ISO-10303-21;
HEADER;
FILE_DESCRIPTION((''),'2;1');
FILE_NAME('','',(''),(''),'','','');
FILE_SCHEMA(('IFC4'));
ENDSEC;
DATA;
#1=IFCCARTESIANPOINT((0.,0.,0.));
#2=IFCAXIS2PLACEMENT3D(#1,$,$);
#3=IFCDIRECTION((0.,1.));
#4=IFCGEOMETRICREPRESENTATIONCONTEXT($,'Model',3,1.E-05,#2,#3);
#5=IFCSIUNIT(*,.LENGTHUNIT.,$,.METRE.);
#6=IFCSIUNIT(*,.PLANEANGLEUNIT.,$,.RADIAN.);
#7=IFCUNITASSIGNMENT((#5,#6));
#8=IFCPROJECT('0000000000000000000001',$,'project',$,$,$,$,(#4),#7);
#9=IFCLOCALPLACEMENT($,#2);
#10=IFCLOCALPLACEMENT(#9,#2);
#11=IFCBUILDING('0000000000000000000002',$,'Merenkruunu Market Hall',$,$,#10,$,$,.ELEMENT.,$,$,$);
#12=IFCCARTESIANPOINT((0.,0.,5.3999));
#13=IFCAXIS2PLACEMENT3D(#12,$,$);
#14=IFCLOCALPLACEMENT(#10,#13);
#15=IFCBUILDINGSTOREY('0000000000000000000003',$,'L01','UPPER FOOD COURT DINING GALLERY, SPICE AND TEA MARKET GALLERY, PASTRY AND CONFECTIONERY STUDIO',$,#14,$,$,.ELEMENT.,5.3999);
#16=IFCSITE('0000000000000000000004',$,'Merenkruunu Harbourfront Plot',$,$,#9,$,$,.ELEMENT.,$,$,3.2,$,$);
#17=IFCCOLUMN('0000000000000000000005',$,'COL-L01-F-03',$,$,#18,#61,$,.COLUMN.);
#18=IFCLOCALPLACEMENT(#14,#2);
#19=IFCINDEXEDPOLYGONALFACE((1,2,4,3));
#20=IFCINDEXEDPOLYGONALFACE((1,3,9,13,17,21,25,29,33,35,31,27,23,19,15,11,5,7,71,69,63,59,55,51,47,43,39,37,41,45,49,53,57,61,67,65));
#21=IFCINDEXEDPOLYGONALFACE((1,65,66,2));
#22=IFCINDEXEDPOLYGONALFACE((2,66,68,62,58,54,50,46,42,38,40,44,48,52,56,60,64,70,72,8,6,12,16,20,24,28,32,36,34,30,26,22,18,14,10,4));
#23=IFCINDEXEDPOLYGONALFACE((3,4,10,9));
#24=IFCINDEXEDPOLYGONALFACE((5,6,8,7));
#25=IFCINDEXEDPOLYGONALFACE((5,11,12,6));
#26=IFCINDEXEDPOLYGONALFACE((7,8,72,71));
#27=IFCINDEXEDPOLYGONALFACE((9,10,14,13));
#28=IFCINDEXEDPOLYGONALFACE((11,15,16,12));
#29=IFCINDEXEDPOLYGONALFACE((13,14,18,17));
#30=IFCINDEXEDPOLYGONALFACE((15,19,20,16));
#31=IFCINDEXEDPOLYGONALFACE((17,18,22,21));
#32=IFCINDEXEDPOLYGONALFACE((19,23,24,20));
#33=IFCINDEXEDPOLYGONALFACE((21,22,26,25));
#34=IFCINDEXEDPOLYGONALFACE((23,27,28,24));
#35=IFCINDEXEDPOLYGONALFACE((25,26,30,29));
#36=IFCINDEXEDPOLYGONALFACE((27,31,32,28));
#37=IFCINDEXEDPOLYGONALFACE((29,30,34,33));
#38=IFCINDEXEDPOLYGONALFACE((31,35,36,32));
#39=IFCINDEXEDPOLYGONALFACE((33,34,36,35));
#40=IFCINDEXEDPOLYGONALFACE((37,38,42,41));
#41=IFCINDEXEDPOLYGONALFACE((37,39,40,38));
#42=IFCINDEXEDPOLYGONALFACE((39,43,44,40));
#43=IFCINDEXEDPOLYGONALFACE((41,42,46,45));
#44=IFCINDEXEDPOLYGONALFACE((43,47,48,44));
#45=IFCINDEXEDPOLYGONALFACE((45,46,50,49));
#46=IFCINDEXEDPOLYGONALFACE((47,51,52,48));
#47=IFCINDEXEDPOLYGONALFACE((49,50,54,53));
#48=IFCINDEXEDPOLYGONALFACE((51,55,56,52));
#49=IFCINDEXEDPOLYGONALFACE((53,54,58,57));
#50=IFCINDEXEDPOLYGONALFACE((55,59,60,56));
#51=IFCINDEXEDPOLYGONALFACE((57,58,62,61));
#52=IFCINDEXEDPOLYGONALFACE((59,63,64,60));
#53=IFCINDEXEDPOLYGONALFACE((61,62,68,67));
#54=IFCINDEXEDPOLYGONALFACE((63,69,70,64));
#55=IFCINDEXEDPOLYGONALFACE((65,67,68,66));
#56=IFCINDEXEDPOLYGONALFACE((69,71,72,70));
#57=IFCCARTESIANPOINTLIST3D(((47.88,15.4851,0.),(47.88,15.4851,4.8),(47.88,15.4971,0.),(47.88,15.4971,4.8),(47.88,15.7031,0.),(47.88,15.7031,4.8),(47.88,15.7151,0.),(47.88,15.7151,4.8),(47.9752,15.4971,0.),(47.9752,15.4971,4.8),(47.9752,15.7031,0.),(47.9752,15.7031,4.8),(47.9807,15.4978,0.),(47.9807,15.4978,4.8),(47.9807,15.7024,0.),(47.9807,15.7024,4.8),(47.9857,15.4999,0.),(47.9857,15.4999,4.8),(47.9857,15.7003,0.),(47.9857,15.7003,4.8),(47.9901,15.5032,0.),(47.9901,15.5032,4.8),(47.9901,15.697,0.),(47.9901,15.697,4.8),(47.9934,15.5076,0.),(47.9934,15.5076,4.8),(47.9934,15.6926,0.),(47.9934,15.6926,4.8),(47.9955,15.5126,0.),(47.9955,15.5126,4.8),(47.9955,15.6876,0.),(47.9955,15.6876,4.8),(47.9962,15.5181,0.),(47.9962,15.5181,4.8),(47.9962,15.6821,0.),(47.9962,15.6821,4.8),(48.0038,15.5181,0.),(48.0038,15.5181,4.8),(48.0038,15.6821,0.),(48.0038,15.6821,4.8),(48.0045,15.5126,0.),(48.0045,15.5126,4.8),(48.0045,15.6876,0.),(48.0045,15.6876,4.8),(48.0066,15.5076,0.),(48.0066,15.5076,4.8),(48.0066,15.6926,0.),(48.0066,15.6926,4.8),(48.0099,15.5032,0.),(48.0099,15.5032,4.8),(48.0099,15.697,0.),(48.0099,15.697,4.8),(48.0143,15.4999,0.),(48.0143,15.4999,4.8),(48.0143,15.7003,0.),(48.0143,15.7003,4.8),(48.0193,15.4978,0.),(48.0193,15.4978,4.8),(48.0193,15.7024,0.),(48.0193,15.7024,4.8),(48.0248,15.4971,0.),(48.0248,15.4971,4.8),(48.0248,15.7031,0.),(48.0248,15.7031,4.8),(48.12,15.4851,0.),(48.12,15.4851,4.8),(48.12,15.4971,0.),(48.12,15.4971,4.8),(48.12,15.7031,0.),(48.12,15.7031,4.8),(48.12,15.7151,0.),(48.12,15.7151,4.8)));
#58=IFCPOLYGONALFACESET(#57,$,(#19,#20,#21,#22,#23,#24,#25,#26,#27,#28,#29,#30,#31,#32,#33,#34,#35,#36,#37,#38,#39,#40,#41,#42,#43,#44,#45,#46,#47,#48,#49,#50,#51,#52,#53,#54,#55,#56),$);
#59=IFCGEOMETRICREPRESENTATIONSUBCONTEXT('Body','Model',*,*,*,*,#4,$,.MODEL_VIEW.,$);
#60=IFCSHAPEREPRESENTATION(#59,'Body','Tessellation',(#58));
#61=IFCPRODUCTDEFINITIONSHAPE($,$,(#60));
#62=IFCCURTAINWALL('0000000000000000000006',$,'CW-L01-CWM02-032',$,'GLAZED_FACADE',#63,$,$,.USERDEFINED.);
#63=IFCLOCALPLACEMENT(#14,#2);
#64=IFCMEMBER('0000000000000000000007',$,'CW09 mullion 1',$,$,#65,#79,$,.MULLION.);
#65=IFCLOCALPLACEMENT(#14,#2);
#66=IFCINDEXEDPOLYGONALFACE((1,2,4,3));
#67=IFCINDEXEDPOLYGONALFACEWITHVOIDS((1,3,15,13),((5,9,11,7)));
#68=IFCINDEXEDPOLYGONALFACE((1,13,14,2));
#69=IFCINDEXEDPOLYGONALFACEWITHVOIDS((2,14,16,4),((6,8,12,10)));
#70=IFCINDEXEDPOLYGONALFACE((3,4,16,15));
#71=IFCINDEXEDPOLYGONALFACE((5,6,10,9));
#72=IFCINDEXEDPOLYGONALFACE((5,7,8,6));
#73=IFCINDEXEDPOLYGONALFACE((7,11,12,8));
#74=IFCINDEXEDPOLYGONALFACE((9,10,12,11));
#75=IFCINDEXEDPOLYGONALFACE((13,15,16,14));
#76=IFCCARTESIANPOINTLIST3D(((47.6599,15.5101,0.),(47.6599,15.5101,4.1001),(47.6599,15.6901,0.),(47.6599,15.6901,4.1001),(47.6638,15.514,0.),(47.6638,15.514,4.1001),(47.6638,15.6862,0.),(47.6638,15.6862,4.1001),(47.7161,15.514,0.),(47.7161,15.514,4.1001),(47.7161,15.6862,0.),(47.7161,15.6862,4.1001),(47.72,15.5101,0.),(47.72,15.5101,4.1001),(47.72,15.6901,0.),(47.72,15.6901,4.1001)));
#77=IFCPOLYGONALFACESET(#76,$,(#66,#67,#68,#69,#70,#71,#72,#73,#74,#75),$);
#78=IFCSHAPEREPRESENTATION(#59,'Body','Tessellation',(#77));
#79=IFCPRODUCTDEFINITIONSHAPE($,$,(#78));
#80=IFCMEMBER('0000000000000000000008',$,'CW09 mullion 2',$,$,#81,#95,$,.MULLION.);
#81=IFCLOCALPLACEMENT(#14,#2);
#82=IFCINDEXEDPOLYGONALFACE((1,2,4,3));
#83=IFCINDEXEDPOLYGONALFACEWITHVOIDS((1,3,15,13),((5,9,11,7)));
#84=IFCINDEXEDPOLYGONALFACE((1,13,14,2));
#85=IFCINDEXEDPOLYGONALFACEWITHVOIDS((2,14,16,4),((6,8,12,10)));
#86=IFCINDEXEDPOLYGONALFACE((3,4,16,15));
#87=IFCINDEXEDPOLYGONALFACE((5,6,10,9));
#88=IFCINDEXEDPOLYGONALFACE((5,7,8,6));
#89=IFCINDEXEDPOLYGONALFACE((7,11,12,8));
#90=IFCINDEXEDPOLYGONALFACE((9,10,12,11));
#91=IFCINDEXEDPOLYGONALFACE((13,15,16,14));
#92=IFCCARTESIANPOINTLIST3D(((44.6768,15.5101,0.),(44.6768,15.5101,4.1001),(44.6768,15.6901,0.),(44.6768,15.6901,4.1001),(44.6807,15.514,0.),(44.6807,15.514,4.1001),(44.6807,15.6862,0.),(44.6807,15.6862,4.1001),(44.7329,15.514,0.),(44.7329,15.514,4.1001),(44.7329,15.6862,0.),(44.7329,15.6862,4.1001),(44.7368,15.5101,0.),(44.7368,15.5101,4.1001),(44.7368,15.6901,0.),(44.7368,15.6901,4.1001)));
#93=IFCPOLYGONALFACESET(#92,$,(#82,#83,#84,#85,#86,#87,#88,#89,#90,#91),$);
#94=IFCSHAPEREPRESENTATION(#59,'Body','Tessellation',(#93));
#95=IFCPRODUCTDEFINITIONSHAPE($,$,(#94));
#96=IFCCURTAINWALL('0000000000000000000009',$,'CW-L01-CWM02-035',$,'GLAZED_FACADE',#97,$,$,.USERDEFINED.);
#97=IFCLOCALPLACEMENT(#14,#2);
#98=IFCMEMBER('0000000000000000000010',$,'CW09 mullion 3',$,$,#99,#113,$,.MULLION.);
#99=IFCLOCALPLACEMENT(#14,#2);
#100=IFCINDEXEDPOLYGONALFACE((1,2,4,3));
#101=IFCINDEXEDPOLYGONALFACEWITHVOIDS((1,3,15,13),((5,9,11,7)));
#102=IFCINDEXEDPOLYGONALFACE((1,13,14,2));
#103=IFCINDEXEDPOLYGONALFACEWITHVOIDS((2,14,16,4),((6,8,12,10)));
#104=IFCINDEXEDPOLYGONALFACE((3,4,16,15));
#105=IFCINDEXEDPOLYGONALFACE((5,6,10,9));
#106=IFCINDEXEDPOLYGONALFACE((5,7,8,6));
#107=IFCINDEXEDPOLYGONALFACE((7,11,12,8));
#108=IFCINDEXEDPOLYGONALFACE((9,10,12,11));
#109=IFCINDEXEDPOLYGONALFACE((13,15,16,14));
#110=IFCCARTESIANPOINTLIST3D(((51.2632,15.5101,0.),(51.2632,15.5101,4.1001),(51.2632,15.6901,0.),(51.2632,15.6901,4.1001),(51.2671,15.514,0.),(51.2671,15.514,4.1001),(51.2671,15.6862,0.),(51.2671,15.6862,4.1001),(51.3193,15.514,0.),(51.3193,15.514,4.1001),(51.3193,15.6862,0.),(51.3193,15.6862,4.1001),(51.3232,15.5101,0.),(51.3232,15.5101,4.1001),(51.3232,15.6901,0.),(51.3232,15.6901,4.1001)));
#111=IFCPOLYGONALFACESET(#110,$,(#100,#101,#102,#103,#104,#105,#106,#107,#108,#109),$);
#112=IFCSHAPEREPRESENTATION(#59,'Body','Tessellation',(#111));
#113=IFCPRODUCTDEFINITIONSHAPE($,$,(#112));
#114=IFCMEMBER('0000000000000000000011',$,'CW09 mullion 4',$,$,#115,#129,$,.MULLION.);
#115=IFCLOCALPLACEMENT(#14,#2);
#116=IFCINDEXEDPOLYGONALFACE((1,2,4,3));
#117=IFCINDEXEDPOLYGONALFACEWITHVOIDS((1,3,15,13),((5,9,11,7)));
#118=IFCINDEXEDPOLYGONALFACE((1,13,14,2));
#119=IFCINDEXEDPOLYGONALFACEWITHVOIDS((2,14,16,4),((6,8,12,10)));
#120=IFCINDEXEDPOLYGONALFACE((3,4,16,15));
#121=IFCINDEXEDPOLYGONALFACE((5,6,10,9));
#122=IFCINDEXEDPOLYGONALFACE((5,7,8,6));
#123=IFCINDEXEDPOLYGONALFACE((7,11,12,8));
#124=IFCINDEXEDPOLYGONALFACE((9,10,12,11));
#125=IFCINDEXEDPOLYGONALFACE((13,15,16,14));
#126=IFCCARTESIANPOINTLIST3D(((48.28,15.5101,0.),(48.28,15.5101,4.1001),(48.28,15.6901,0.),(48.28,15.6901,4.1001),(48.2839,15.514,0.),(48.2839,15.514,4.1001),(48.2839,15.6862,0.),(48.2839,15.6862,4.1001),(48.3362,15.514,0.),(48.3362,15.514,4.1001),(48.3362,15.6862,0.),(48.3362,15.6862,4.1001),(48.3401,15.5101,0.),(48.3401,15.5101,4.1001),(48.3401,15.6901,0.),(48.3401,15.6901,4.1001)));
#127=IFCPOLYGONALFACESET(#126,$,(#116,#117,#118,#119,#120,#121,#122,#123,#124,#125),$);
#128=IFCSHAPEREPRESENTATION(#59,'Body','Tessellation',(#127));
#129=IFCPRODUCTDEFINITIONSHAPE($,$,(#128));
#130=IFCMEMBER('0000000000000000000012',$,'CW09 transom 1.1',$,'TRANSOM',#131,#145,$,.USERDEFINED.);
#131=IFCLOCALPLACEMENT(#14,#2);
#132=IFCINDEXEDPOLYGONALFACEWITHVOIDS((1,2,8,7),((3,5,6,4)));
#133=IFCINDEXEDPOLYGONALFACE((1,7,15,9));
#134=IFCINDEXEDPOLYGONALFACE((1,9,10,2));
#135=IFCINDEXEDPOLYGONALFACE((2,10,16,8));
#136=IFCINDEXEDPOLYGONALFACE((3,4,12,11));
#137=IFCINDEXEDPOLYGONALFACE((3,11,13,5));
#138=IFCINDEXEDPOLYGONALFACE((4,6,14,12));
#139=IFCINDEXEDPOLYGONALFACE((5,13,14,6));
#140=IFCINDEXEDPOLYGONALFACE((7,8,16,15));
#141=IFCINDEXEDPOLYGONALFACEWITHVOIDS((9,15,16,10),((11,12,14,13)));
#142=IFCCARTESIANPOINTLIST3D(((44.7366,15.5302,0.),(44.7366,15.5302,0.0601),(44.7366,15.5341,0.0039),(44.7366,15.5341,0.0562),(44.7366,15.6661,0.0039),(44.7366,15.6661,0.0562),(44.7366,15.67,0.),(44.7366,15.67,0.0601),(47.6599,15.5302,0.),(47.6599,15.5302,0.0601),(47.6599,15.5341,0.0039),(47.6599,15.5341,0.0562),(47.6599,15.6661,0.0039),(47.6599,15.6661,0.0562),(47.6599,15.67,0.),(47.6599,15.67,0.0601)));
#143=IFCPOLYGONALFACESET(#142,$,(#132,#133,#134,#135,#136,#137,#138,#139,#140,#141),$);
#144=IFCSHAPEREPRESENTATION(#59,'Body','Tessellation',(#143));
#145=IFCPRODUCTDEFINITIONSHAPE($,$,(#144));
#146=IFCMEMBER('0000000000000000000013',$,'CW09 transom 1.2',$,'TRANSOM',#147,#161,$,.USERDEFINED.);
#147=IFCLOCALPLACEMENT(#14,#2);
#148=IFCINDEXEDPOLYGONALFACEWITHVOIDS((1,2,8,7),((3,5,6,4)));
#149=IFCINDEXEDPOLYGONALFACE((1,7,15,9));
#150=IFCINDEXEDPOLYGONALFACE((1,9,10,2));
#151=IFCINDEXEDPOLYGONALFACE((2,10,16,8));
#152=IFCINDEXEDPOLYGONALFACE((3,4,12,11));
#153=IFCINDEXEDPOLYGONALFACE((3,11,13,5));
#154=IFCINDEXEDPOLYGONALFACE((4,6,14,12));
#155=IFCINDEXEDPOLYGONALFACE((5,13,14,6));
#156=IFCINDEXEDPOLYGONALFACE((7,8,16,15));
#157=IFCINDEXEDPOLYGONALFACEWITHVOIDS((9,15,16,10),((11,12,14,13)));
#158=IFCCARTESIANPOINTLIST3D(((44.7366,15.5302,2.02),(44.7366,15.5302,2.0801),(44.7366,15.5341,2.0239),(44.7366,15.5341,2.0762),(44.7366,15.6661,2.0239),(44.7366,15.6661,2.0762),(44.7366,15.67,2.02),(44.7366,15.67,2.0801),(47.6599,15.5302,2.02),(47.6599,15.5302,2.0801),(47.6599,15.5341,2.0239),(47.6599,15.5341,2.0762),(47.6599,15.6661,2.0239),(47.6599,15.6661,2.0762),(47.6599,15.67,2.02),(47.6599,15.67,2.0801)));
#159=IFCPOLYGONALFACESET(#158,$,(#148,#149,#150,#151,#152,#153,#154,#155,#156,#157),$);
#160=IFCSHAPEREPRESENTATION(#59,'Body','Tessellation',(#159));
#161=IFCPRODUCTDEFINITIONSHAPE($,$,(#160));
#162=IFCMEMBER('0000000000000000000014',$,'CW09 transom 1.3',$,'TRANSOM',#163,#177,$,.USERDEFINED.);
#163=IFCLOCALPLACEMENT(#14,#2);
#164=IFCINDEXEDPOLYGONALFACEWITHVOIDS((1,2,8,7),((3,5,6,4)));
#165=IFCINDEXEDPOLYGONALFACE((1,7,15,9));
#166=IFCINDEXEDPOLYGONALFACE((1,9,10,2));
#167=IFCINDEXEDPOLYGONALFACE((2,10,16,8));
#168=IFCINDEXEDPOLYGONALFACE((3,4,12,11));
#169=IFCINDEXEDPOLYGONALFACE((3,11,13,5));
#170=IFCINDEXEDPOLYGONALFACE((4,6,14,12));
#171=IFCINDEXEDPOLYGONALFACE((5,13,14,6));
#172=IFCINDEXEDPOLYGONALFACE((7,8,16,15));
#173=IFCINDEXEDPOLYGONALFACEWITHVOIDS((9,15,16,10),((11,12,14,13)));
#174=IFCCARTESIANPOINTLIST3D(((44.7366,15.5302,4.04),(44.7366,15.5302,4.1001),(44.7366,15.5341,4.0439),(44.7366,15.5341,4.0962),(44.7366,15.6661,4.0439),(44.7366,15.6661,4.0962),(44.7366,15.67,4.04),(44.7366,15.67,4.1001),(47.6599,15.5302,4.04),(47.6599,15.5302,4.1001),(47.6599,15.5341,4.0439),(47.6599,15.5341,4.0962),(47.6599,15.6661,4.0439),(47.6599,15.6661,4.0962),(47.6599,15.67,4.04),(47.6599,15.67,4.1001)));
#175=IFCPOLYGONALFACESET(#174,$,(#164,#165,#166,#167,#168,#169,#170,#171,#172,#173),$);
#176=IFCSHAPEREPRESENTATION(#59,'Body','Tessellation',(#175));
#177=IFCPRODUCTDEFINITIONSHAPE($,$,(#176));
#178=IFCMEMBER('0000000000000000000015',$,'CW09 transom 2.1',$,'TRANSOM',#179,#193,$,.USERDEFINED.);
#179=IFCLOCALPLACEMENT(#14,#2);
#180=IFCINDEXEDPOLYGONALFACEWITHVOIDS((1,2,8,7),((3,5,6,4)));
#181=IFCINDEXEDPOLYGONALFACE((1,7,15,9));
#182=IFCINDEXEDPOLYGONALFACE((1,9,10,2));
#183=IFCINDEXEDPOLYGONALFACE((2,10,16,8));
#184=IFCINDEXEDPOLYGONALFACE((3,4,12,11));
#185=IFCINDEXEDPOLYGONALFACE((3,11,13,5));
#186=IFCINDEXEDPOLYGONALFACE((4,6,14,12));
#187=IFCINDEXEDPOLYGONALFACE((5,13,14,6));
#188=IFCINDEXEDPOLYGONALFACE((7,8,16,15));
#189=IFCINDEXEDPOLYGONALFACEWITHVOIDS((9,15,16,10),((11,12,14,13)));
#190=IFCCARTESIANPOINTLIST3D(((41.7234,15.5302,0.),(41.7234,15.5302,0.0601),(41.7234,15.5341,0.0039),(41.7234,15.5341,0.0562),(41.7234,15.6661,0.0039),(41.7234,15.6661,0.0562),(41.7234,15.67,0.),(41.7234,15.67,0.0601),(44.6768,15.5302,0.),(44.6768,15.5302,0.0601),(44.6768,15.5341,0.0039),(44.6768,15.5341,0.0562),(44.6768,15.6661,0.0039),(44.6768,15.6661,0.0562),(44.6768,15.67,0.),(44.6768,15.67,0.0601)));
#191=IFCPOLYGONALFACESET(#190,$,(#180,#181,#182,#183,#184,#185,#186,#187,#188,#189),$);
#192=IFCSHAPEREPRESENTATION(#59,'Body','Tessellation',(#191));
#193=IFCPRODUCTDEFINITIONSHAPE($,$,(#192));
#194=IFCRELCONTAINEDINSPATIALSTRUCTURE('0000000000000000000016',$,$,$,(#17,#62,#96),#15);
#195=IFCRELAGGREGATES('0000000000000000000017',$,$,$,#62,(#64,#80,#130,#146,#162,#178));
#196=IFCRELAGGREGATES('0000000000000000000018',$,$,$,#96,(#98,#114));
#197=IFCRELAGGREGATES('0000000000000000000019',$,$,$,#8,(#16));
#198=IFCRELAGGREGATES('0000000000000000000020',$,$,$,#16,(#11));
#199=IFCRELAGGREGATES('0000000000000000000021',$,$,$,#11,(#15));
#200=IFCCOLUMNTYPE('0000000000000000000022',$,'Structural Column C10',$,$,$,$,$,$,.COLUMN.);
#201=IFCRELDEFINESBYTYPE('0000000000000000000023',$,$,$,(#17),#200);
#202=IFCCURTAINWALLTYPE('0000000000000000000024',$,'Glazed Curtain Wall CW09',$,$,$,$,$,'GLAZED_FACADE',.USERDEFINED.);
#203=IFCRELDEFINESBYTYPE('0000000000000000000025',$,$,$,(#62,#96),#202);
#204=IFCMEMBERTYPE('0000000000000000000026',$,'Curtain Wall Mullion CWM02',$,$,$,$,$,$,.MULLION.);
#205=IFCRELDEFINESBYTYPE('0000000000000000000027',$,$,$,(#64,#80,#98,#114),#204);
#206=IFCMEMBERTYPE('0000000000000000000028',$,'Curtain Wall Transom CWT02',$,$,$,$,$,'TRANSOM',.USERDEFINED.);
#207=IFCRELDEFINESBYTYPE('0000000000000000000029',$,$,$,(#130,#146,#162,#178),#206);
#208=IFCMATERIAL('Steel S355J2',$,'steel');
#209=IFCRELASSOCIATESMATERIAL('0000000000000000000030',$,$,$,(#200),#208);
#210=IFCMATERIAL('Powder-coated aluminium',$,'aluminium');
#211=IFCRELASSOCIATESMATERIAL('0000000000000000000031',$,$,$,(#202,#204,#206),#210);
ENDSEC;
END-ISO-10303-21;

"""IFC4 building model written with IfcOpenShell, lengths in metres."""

from ifc_helpers import new_model, si_unit, direction, frame, origin, origin_2d, place, context, subcontext, project, spatial, hollow_rectangle, i_section, extrude, material, material_profile, profile_set, type_object, element, aggregate, save


model = new_model("IFC4")

# Units and contexts
model_context = context("Model", 3, precision=1e-05, world=origin(), true_north=direction((0.0, 1.0)))
body_context = subcontext(model_context, "Body", "Model", "MODEL_VIEW")
ifc_project = project(units=[si_unit("LENGTHUNIT", "METRE"), si_unit("PLANEANGLEUNIT", "RADIAN")], contexts=[model_context])

# Site, building, storey
site_placement = place(None, origin())
site = spatial("IfcSite", under=ifc_project, at=site_placement, Name="Merenkruunu Harbourfront Plot", CompositionType="ELEMENT", RefElevation=3.2)
building_placement = place(site_placement, origin())
building = spatial("IfcBuilding", under=site, at=building_placement, Name="Merenkruunu Market Hall", CompositionType="ELEMENT")
storey_placement = place(building_placement, frame((0.0, 0.0, 5.3999)))
storey = spatial("IfcBuildingStorey", under=building, at=storey_placement, Name="L01", Description="UPPER FOOD COURT DINING GALLERY, SPICE AND TEA MARKET GALLERY, PASTRY AND CONFECTIONERY STUDIO", CompositionType="ELEMENT", Elevation=5.3999)

# Column
ifc_material_1 = material(Name="Steel S355J2", Category="steel")
ifc_material_profile_1 = material_profile(ifc_material_1, i_section(OverallWidth=0.24, OverallDepth=0.23, WebThickness=0.0076, FlangeThickness=0.012, FilletRadius=0.021, at=origin_2d()), Name="HEA 240")
ifc_profile_set_1 = profile_set([ifc_material_profile_1], Name="Steel S355J2")
column_type = type_object("IfcColumnType", Name="Structural Column C10", PredefinedType="COLUMN", material=ifc_profile_set_1)
column_placement = place(storey_placement, frame((48.0, 15.6001, 0.0), z_axis=(0.0, 0.0, 1.0), x_axis=(1.0, 0.0, 0.0)))
element("IfcColumn", 1, at=column_placement, inside=storey, type_object=column_type, Name="COL-L01-F-03", PredefinedType="COLUMN", context=body_context, shape_type="SweptSolid", body=[
    extrude(i_section(OverallWidth=0.24, OverallDepth=0.23, WebThickness=0.0076, FlangeThickness=0.012, FilletRadius=0.021, at=origin_2d()), origin(), (0.0, 0.0, 1.0), 4.8),
])

# Curtain walls, members
ifc_material_2 = material(Name="Powder-coated aluminium", Category="aluminium")
curtain_wall_type = type_object("IfcCurtainWallType", Name="Glazed Curtain Wall CW09", ElementType="GLAZED_FACADE", PredefinedType="USERDEFINED", material=ifc_material_2)
curtain_wall_1_placement = place(storey_placement, origin())
curtain_wall_1 = element("IfcCurtainWall", 2, at=curtain_wall_1_placement, inside=storey, type_object=curtain_wall_type, Name="CW-L01-CWM02-032", ObjectType="GLAZED_FACADE", PredefinedType="USERDEFINED")
ifc_material_profile_2 = material_profile(ifc_material_2, hollow_rectangle(XDim=0.0601, YDim=0.1799, WallThickness=0.0039, at=origin_2d()), Name="ALU 60x180x4")
ifc_profile_set_2 = profile_set([ifc_material_profile_2], Name="Powder-coated aluminium")
member_type_1 = type_object("IfcMemberType", Name="Curtain Wall Mullion CWM02", PredefinedType="MULLION", material=ifc_profile_set_2)
member_1_placement = place(storey_placement, frame((47.6899, 15.6001, 0.0), z_axis=(0.0, 0.0, 1.0), x_axis=(-1.0, 0.0, 0.0)))
member_1 = element("IfcMember", 3, at=member_1_placement, type_object=member_type_1, Name="CW09 mullion 1", PredefinedType="MULLION", context=body_context, shape_type="SweptSolid", body=[
    extrude(hollow_rectangle(XDim=0.0601, YDim=0.1799, WallThickness=0.0039, at=origin_2d()), origin(), (0.0, 0.0, 1.0), 4.1001),
])
member_2_placement = place(storey_placement, frame((44.7068, 15.6001, 0.0), z_axis=(0.0, 0.0, 1.0), x_axis=(-1.0, 0.0, 0.0)))
member_2 = element("IfcMember", 4, at=member_2_placement, type_object=member_type_1, Name="CW09 mullion 2", PredefinedType="MULLION", context=body_context, shape_type="SweptSolid", body=[
    extrude(hollow_rectangle(XDim=0.0601, YDim=0.1799, WallThickness=0.0039, at=origin_2d()), origin(), (0.0, 0.0, 1.0), 4.1001),
])
curtain_wall_2_placement = place(storey_placement, origin())
curtain_wall_2 = element("IfcCurtainWall", 5, at=curtain_wall_2_placement, inside=storey, type_object=curtain_wall_type, Name="CW-L01-CWM02-035", ObjectType="GLAZED_FACADE", PredefinedType="USERDEFINED")
member_3_placement = place(storey_placement, frame((51.2932, 15.6001, 0.0), z_axis=(0.0, 0.0, 1.0), x_axis=(-1.0, 0.0, 0.0)))
member_3 = element("IfcMember", 6, at=member_3_placement, type_object=member_type_1, Name="CW09 mullion 3", PredefinedType="MULLION", context=body_context, shape_type="SweptSolid", body=[
    extrude(hollow_rectangle(XDim=0.0601, YDim=0.1799, WallThickness=0.0039, at=origin_2d()), origin(), (0.0, 0.0, 1.0), 4.1001),
])
member_4_placement = place(storey_placement, frame((48.3101, 15.6001, 0.0), z_axis=(0.0, 0.0, 1.0), x_axis=(-1.0, 0.0, 0.0)))
member_4 = element("IfcMember", 7, at=member_4_placement, type_object=member_type_1, Name="CW09 mullion 4", PredefinedType="MULLION", context=body_context, shape_type="SweptSolid", body=[
    extrude(hollow_rectangle(XDim=0.0601, YDim=0.1799, WallThickness=0.0039, at=origin_2d()), origin(), (0.0, 0.0, 1.0), 4.1001),
])

# Members
ifc_material_profile_3 = material_profile(ifc_material_2, hollow_rectangle(XDim=0.0601, YDim=0.1399, WallThickness=0.0039, at=origin_2d()), Name="ALU 60x140x4")
ifc_profile_set_3 = profile_set([ifc_material_profile_3], Name="Powder-coated aluminium")
member_type_2 = type_object("IfcMemberType", Name="Curtain Wall Transom CWT02", ElementType="TRANSOM", PredefinedType="USERDEFINED", material=ifc_profile_set_3)
member_5_placement = place(storey_placement, frame((47.6599, 15.6001, 0.03), z_axis=(-1.0, 0.0, 0.0), x_axis=(0.0, 0.0, 1.0)))
member_5 = element("IfcMember", 8, at=member_5_placement, type_object=member_type_2, Name="CW09 transom 1.1", ObjectType="TRANSOM", PredefinedType="USERDEFINED", context=body_context, shape_type="SweptSolid", body=[
    extrude(hollow_rectangle(XDim=0.0601, YDim=0.1399, WallThickness=0.0039, at=origin_2d()), origin(), (0.0, 0.0, 1.0), 2.9233),
])
member_6_placement = place(storey_placement, frame((47.6599, 15.6001, 2.05), z_axis=(-1.0, 0.0, 0.0), x_axis=(0.0, 0.0, 1.0)))
member_6 = element("IfcMember", 9, at=member_6_placement, type_object=member_type_2, Name="CW09 transom 1.2", ObjectType="TRANSOM", PredefinedType="USERDEFINED", context=body_context, shape_type="SweptSolid", body=[
    extrude(hollow_rectangle(XDim=0.0601, YDim=0.1399, WallThickness=0.0039, at=origin_2d()), origin(), (0.0, 0.0, 1.0), 2.9233),
])
member_7_placement = place(storey_placement, frame((47.6599, 15.6001, 4.0701), z_axis=(-1.0, 0.0, 0.0), x_axis=(0.0, 0.0, 1.0)))
member_7 = element("IfcMember", 10, at=member_7_placement, type_object=member_type_2, Name="CW09 transom 1.3", ObjectType="TRANSOM", PredefinedType="USERDEFINED", context=body_context, shape_type="SweptSolid", body=[
    extrude(hollow_rectangle(XDim=0.0601, YDim=0.1399, WallThickness=0.0039, at=origin_2d()), origin(), (0.0, 0.0, 1.0), 2.9233),
])
member_8_placement = place(storey_placement, frame((44.6768, 15.6001, 0.03), z_axis=(-1.0, 0.0, 0.0), x_axis=(0.0, 0.0, 1.0)))
member_8 = element("IfcMember", 11, at=member_8_placement, type_object=member_type_2, Name="CW09 transom 2.1", ObjectType="TRANSOM", PredefinedType="USERDEFINED", context=body_context, shape_type="SweptSolid", body=[
    extrude(hollow_rectangle(XDim=0.0601, YDim=0.1399, WallThickness=0.0039, at=origin_2d()), origin(), (0.0, 0.0, 1.0), 2.9534),
])

aggregate(curtain_wall_1, [member_1, member_2, member_5, member_6, member_7, member_8])
aggregate(curtain_wall_2, [member_3, member_4])

save(model, "model.ifc")
